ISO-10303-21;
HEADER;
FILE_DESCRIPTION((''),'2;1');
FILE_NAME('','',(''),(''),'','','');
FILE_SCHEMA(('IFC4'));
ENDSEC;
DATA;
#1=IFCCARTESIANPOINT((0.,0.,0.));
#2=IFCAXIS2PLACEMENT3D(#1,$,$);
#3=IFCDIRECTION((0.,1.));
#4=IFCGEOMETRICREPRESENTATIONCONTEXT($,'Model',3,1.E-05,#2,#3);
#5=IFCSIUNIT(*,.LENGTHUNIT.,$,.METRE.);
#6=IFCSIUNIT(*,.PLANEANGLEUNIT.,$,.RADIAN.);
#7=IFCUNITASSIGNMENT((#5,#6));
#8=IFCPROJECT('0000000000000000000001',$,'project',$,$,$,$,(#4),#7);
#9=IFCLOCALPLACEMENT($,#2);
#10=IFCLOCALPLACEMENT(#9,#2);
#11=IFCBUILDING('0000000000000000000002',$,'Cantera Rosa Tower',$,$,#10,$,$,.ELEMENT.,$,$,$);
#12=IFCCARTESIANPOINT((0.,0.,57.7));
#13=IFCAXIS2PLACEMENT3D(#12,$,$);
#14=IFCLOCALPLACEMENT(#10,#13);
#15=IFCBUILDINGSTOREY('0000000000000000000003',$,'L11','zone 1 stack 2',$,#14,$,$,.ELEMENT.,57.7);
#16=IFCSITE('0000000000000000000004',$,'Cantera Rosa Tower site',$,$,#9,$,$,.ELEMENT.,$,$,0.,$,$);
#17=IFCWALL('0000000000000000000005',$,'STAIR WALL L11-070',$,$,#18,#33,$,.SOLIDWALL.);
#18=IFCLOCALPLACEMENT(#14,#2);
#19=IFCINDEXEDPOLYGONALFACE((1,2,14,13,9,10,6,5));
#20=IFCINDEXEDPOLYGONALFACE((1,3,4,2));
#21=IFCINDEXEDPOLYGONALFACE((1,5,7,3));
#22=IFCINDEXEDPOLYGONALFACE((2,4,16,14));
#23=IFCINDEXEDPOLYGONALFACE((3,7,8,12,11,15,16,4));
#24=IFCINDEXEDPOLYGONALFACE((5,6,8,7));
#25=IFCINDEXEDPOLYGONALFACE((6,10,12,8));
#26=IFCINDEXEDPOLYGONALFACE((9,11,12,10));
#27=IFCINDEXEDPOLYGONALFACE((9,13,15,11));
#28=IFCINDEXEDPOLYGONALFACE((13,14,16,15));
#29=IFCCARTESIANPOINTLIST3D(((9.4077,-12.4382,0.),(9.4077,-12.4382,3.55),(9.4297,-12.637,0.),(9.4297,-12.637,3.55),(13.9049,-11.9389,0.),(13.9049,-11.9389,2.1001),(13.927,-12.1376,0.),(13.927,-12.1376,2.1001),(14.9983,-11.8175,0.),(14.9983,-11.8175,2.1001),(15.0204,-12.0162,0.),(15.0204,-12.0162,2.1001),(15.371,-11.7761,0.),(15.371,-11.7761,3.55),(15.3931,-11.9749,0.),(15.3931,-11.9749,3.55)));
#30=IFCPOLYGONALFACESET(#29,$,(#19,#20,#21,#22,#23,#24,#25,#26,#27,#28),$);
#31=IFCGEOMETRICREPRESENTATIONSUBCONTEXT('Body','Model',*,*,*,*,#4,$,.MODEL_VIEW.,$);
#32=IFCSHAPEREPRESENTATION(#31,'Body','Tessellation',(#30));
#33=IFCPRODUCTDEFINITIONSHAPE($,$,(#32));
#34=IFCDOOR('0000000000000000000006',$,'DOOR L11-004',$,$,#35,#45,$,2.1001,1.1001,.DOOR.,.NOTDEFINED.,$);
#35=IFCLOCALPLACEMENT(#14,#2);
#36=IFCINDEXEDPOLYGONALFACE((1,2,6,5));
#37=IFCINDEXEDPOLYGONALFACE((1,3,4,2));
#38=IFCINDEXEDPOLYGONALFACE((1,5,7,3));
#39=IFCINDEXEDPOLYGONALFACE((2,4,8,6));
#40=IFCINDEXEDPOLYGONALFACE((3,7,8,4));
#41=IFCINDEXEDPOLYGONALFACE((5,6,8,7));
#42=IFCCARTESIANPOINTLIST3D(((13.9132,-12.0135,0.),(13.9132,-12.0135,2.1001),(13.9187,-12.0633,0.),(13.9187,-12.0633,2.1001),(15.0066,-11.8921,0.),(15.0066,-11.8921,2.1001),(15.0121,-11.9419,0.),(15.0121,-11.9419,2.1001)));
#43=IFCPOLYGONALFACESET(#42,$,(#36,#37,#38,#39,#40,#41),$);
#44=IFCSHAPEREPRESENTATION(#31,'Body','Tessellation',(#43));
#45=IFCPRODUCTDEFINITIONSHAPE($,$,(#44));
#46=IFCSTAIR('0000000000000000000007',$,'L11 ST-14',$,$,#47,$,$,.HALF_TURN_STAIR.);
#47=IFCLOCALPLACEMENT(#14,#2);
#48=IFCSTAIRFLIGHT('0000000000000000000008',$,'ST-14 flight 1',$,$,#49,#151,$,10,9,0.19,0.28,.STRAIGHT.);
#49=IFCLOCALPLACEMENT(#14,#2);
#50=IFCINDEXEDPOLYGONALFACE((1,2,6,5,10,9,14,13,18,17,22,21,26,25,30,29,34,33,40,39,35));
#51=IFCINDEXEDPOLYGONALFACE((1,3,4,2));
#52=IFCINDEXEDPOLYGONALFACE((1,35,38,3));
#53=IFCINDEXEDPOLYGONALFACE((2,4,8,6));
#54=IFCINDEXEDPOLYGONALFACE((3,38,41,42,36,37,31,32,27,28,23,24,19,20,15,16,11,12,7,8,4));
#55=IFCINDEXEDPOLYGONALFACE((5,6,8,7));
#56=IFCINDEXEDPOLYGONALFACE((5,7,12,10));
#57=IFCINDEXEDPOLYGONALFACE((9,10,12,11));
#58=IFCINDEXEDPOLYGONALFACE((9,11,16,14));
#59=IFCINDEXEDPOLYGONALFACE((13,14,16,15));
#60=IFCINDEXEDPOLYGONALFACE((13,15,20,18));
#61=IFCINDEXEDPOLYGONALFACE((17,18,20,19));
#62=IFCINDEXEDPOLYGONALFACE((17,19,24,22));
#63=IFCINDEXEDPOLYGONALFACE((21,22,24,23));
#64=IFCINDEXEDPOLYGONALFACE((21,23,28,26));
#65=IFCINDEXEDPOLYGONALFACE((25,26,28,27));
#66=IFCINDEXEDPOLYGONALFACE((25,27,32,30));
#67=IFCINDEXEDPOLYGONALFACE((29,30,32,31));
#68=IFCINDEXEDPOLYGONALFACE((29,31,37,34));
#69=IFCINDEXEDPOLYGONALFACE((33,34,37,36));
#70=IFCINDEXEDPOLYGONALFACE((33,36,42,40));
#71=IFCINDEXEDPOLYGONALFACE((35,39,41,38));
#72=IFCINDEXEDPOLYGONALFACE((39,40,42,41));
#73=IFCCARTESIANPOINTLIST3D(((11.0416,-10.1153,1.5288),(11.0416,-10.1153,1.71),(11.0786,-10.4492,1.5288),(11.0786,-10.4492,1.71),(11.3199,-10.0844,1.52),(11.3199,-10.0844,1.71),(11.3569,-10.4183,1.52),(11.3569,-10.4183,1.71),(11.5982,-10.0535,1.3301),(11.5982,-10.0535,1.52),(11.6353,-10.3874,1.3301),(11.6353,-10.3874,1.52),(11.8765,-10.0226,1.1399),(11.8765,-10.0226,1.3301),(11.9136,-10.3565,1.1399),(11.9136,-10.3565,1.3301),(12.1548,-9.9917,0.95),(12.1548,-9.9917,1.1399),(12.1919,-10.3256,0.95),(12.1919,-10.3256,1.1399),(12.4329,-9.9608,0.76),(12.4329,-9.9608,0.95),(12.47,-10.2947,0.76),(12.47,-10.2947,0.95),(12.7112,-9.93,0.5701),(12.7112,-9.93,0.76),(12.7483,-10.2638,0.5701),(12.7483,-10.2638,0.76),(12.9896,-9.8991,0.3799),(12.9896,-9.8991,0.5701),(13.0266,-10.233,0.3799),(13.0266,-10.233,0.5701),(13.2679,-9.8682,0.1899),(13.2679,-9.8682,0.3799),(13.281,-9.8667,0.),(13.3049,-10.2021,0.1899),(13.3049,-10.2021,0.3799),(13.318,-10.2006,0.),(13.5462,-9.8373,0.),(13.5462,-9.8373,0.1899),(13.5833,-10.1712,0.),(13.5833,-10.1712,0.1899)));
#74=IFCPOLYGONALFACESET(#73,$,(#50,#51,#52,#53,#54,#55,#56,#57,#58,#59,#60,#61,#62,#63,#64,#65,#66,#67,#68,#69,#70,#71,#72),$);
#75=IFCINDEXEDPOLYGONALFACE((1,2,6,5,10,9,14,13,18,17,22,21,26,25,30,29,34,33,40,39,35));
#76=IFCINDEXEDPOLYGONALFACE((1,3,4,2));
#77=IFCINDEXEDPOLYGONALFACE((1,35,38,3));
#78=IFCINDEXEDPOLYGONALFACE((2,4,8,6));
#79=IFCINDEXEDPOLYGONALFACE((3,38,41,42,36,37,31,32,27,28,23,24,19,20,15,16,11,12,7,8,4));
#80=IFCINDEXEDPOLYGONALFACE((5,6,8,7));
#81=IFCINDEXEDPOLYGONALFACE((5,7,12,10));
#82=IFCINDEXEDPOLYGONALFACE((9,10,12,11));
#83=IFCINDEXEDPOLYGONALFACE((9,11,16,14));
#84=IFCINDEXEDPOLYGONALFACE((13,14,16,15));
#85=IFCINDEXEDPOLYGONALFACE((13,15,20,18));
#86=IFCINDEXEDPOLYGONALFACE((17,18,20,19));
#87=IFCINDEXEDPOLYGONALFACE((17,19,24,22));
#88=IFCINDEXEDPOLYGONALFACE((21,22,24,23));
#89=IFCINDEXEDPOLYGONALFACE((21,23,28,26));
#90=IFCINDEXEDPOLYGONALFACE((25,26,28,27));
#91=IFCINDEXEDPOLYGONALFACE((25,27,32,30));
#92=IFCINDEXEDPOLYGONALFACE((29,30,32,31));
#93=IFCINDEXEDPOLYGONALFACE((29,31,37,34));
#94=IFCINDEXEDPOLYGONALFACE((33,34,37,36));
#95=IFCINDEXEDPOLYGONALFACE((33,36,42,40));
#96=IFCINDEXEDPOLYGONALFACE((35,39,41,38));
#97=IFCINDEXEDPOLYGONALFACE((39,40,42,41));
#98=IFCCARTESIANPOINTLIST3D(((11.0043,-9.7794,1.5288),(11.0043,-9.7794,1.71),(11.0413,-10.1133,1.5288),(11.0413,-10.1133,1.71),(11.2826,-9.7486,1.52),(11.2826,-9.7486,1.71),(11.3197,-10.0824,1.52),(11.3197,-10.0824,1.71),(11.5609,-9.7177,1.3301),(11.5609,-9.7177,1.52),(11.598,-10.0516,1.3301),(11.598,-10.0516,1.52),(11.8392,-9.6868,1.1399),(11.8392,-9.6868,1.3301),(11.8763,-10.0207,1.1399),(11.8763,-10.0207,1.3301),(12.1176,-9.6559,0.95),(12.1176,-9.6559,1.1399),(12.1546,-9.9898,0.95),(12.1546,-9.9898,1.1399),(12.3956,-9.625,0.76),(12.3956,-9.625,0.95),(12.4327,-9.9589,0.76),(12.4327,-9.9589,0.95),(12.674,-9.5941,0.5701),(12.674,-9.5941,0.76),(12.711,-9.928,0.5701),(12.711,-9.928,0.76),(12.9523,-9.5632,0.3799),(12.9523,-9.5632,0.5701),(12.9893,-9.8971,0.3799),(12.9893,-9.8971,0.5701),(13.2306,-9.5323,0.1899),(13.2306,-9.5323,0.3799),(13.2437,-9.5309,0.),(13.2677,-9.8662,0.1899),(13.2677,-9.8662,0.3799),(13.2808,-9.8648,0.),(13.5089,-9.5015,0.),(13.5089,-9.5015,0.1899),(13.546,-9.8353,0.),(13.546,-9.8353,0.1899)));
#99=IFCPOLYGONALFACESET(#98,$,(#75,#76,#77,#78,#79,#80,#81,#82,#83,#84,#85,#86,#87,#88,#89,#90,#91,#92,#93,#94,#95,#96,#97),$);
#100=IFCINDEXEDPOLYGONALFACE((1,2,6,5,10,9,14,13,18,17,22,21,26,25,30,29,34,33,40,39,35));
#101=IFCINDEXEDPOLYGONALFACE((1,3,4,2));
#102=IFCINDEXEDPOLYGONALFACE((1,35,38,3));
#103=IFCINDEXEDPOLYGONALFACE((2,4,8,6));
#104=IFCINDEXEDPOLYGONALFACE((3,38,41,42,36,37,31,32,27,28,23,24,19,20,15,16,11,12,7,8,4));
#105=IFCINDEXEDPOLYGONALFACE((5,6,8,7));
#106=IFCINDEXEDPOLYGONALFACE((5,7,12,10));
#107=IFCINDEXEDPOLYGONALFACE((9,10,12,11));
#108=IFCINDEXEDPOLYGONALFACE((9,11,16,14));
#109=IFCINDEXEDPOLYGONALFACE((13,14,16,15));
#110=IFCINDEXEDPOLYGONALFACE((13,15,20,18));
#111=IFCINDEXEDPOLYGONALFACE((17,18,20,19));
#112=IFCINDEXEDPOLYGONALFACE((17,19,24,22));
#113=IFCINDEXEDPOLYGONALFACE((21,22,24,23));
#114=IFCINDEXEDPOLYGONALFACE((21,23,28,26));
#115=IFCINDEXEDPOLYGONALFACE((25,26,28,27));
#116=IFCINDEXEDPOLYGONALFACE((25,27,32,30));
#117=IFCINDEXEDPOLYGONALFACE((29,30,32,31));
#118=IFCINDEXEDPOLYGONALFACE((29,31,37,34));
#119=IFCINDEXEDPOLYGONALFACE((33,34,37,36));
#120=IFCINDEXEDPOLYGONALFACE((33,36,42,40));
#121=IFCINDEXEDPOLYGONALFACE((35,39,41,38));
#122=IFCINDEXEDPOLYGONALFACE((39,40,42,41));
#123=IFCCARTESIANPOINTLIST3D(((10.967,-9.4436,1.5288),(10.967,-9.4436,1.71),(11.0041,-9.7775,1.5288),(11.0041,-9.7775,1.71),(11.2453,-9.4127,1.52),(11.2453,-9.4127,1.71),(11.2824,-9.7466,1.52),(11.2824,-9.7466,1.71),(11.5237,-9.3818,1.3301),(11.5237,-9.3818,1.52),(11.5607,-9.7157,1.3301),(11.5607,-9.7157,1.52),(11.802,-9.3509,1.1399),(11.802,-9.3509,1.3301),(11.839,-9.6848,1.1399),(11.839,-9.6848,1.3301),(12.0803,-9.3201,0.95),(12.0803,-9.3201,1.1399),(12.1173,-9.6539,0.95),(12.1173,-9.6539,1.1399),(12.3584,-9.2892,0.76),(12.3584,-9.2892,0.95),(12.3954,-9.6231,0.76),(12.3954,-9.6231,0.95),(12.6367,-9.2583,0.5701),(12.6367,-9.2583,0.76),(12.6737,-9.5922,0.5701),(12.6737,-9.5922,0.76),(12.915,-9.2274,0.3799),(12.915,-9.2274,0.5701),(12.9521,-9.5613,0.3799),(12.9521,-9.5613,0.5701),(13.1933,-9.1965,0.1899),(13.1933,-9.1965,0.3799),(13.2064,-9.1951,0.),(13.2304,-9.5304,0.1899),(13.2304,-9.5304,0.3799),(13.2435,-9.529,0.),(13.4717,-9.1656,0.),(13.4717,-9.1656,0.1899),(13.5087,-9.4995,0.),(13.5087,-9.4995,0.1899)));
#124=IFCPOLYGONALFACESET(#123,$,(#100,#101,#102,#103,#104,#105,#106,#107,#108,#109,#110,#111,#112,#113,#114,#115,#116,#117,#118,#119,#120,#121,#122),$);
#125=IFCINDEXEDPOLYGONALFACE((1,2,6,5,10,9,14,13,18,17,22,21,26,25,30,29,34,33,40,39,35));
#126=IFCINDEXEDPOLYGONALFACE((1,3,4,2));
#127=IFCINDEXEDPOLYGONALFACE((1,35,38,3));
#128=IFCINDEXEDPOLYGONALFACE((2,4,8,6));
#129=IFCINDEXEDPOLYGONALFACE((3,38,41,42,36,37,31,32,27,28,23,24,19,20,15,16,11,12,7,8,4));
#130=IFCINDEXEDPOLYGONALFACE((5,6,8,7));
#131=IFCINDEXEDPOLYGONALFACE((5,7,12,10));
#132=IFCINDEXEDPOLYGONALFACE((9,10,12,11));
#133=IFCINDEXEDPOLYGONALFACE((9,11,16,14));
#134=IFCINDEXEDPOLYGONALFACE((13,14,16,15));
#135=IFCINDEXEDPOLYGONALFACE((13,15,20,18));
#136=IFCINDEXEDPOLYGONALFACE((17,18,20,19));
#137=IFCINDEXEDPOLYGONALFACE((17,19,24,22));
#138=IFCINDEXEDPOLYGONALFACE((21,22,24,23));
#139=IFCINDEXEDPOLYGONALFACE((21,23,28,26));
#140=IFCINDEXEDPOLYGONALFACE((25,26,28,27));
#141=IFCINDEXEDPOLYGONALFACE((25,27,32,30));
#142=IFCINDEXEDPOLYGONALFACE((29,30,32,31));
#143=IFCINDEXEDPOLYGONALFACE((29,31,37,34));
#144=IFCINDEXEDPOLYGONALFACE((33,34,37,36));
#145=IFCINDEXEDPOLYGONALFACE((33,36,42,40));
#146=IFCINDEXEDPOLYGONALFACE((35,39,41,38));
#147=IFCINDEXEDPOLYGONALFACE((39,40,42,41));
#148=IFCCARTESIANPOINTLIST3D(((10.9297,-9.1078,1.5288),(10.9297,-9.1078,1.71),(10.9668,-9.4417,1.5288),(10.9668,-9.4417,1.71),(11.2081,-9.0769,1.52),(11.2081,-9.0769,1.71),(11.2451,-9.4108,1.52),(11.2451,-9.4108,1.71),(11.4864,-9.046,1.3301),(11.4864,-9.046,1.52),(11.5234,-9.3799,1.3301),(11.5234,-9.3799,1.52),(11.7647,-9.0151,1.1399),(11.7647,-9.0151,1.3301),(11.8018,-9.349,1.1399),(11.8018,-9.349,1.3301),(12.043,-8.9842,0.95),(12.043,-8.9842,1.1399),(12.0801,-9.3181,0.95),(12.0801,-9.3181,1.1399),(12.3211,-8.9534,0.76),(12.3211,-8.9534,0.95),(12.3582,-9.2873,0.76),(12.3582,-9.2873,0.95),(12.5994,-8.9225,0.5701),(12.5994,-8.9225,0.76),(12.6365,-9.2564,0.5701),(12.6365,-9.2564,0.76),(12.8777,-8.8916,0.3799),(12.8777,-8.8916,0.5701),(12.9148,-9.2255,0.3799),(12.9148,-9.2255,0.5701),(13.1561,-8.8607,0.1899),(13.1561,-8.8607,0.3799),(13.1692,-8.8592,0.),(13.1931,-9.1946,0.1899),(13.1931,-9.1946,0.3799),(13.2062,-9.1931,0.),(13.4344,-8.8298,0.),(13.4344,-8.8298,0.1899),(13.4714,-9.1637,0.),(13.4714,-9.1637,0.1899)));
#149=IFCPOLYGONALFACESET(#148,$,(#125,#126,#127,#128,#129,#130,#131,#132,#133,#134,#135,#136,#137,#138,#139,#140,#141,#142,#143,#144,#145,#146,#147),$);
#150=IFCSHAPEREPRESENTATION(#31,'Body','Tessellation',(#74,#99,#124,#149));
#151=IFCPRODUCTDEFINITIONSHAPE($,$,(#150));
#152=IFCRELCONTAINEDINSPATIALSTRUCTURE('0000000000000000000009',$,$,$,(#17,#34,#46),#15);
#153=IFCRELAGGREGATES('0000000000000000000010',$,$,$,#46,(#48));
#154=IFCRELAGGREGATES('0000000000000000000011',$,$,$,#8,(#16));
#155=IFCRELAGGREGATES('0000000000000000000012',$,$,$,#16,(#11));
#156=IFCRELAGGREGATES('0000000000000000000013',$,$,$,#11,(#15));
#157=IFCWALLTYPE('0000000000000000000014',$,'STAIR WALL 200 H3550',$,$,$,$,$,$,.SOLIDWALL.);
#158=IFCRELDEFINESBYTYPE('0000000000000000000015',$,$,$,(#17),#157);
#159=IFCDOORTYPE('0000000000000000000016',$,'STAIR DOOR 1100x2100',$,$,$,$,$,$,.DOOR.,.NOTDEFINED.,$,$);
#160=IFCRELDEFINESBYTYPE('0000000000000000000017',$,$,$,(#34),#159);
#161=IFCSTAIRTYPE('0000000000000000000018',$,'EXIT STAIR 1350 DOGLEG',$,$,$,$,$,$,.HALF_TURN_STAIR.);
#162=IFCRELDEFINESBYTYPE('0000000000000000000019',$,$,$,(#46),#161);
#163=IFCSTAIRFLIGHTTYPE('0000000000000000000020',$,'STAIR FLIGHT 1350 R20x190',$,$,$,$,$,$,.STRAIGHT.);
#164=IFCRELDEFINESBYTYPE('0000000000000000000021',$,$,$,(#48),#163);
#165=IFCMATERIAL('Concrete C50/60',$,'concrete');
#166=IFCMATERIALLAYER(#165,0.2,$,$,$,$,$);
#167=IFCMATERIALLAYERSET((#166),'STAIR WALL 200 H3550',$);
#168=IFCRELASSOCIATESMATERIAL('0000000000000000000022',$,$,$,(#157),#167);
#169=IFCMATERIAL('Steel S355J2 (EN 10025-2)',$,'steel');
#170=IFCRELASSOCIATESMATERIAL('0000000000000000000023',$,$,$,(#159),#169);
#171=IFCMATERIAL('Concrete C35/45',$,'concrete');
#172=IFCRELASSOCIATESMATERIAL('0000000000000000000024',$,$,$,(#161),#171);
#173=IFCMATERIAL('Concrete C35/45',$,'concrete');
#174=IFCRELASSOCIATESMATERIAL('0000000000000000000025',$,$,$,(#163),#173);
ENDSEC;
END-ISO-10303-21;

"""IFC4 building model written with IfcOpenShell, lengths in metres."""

from ifc_helpers import new_model, si_unit, direction, frame, frame_2d, origin, place, context, subcontext, project, spatial, polyline, rectangle, outline, extrude, material, layer, layer_set, type_object, element, fill, aggregate, save


model = new_model("IFC4")

# Units and contexts
model_context = context("Model", 3, precision=1e-05, world=origin(), true_north=direction((0.0, 1.0)))
body_context = subcontext(model_context, "Body", "Model", "MODEL_VIEW")
ifc_project = project(units=[si_unit("LENGTHUNIT", "METRE"), si_unit("PLANEANGLEUNIT", "RADIAN")], contexts=[model_context])

# Site, building, storey
site_placement = place(None, origin())
site = spatial("IfcSite", under=ifc_project, at=site_placement, Name="Cantera Rosa Tower site", CompositionType="ELEMENT", RefElevation=0.0)
building_placement = place(site_placement, origin())
building = spatial("IfcBuilding", under=site, at=building_placement, Name="Cantera Rosa Tower", CompositionType="ELEMENT")
storey_placement = place(building_placement, frame((0.0, 0.0, 57.7)))
storey = spatial("IfcBuildingStorey", under=building, at=storey_placement, Name="L11", Description="zone 1 stack 2", CompositionType="ELEMENT", Elevation=57.7)

# Shared definitions
ifc_material_1 = material(Name="Concrete C50/60", Category="concrete")
ifc_layer_1 = layer(ifc_material_1, 0.2)
ifc_layer_set_1 = layer_set([ifc_layer_1], Name="STAIR WALL 200 H3550")
wall_type_1 = type_object("IfcWallType", Name="STAIR WALL 200 H3550", PredefinedType="SOLIDWALL", material=ifc_layer_set_1)

# Wall, opening, door
wall_1_placement = place(storey_placement, frame((9.4187, -12.5376, 0.0), z_axis=(0.0, 0.0, 1.0), x_axis=(0.993893, 0.110351, 0.0)))
wall_1 = element("IfcWall", 1, at=wall_1_placement, inside=storey, type_object=wall_type_1, Name="STAIR WALL L11-070", PredefinedType="SOLIDWALL", context=body_context, shape_type="SweptSolid", body=[
    extrude(rectangle(XDim=6.0, YDim=0.2, at=frame_2d((3.0, 0.0))), origin(), (0.0, 0.0, 1.0), 3.55),
])
opening_1_placement = place(wall_1_placement, frame((4.5249, 0.0, 0.0)))
opening_1 = element("IfcOpeningElement", 2, at=opening_1_placement, cuts=wall_1, PredefinedType="OPENING", context=body_context, shape_type="SweptSolid", body=[
    extrude(rectangle(XDim=1.1001, YDim=2.1001, at=frame_2d((0.55, 1.05))), frame((0.0, 0.1099, 0.0), z_axis=(0.0, -1.0, 0.0), x_axis=(1.0, 0.0, 0.0)), (0.0, 0.0, 1.0), 0.22),
])
ifc_material_2 = material(Name="Steel S355J2 (EN 10025-2)", Category="steel")
door_type_1 = type_object("IfcDoorType", Name="STAIR DOOR 1100x2100", OperationType="NOTDEFINED", PredefinedType="DOOR", material=ifc_material_2)
door_1_placement = place(opening_1_placement, origin())
door_1 = element("IfcDoor", 3, at=door_1_placement, inside=storey, type_object=door_type_1, Name="DOOR L11-004", OperationType="NOTDEFINED", OverallHeight=2.1001, OverallWidth=1.1001, PredefinedType="DOOR", context=body_context, shape_type="SweptSolid", body=[
    extrude(rectangle(XDim=1.1001, YDim=2.1001, at=frame_2d((0.55, 1.05))), frame((0.0, 0.0249, 0.0), z_axis=(0.0, -1.0, 0.0), x_axis=(1.0, 0.0, 0.0)), (0.0, 0.0, 1.0), 0.05),
])
fill(opening_1, door_1)

# Stair, stair flight
ifc_material_3 = material(Name="Concrete C35/45", Category="concrete")
stair_type = type_object("IfcStairType", Name="EXIT STAIR 1350 DOGLEG", PredefinedType="HALF_TURN_STAIR", material=ifc_material_3)
stair_placement = place(storey_placement, origin())
stair = element("IfcStair", 4, at=stair_placement, inside=storey, type_object=stair_type, Name="L11 ST-14", PredefinedType="HALF_TURN_STAIR")
ifc_material_4 = material(Name="Concrete C35/45", Category="concrete")
stair_flight_type = type_object("IfcStairFlightType", Name="STAIR FLIGHT 1350 R20x190", PredefinedType="STRAIGHT", material=ifc_material_4)
stair_flight_1_placement = place(storey_placement, frame((13.5088, -9.5002, 0.0), z_axis=(0.0, 0.0, 1.0), x_axis=(-0.993897, -0.110313, 0.0)))
stair_flight_1 = element("IfcStairFlight", 5, at=stair_flight_1_placement, type_object=stair_flight_type, Name="ST-14 flight 1", NumberOfRisers=10, NumberOfTreads=9, PredefinedType="STRAIGHT", RiserHeight=0.19, TreadLength=0.28, context=body_context, shape_type="SweptSolid", body=[
    extrude(outline(polyline([(0.0, 0.0), (0.0, 0.1899), (0.28, 0.1899), (0.28, 0.3799), (0.5601, 0.3799), (0.5601, 0.5701), (0.8401, 0.5701), (0.8401, 0.76), (1.1201, 0.76), (1.1201, 0.95), (1.3999, 0.95), (1.3999, 1.1399), (1.6799, 1.1399), (1.6799, 1.3301), (1.96, 1.3301), (1.96, 1.52), (2.24, 1.52), (2.24, 1.71), (2.52, 1.71), (2.52, 1.8999), (2.52, 1.5288), (0.2668, 0.0), (0.0, 0.0)])), frame((0.0, 0.675, 0.0), z_axis=(0.0, -1.0, 0.0), x_axis=(1.0, 0.0, 0.0)), (0.0, 0.0, 1.0), 0.3359),
    extrude(outline(polyline([(0.0, 0.0), (0.0, 0.1899), (0.28, 0.1899), (0.28, 0.3799), (0.5601, 0.3799), (0.5601, 0.5701), (0.8401, 0.5701), (0.8401, 0.76), (1.1201, 0.76), (1.1201, 0.95), (1.3999, 0.95), (1.3999, 1.1399), (1.6799, 1.1399), (1.6799, 1.3301), (1.96, 1.3301), (1.96, 1.52), (2.24, 1.52), (2.24, 1.71), (2.52, 1.71), (2.52, 1.8999), (2.52, 1.5288), (0.2668, 0.0), (0.0, 0.0)])), frame((0.0, 0.3372, 0.0), z_axis=(0.0, -1.0, 0.0), x_axis=(1.0, 0.0, 0.0)), (0.0, 0.0, 1.0), 0.3359),
    extrude(outline(polyline([(0.0, 0.0), (0.0, 0.1899), (0.28, 0.1899), (0.28, 0.3799), (0.5601, 0.3799), (0.5601, 0.5701), (0.8401, 0.5701), (0.8401, 0.76), (1.1201, 0.76), (1.1201, 0.95), (1.3999, 0.95), (1.3999, 1.1399), (1.6799, 1.1399), (1.6799, 1.3301), (1.96, 1.3301), (1.96, 1.52), (2.24, 1.52), (2.24, 1.71), (2.52, 1.71), (2.52, 1.8999), (2.52, 1.5288), (0.2668, 0.0), (0.0, 0.0)])), frame((0.0, -0.0007, 0.0), z_axis=(0.0, -1.0, 0.0), x_axis=(1.0, 0.0, 0.0)), (0.0, 0.0, 1.0), 0.3359),
    extrude(outline(polyline([(0.0, 0.0), (0.0, 0.1899), (0.28, 0.1899), (0.28, 0.3799), (0.5601, 0.3799), (0.5601, 0.5701), (0.8401, 0.5701), (0.8401, 0.76), (1.1201, 0.76), (1.1201, 0.95), (1.3999, 0.95), (1.3999, 1.1399), (1.6799, 1.1399), (1.6799, 1.3301), (1.96, 1.3301), (1.96, 1.52), (2.24, 1.52), (2.24, 1.71), (2.52, 1.71), (2.52, 1.8999), (2.52, 1.5288), (0.2668, 0.0), (0.0, 0.0)])), frame((0.0, -0.3386, 0.0), z_axis=(0.0, -1.0, 0.0), x_axis=(1.0, 0.0, 0.0)), (0.0, 0.0, 1.0), 0.3359),
])
aggregate(stair, [stair_flight_1])

save(model, "model.ifc")
